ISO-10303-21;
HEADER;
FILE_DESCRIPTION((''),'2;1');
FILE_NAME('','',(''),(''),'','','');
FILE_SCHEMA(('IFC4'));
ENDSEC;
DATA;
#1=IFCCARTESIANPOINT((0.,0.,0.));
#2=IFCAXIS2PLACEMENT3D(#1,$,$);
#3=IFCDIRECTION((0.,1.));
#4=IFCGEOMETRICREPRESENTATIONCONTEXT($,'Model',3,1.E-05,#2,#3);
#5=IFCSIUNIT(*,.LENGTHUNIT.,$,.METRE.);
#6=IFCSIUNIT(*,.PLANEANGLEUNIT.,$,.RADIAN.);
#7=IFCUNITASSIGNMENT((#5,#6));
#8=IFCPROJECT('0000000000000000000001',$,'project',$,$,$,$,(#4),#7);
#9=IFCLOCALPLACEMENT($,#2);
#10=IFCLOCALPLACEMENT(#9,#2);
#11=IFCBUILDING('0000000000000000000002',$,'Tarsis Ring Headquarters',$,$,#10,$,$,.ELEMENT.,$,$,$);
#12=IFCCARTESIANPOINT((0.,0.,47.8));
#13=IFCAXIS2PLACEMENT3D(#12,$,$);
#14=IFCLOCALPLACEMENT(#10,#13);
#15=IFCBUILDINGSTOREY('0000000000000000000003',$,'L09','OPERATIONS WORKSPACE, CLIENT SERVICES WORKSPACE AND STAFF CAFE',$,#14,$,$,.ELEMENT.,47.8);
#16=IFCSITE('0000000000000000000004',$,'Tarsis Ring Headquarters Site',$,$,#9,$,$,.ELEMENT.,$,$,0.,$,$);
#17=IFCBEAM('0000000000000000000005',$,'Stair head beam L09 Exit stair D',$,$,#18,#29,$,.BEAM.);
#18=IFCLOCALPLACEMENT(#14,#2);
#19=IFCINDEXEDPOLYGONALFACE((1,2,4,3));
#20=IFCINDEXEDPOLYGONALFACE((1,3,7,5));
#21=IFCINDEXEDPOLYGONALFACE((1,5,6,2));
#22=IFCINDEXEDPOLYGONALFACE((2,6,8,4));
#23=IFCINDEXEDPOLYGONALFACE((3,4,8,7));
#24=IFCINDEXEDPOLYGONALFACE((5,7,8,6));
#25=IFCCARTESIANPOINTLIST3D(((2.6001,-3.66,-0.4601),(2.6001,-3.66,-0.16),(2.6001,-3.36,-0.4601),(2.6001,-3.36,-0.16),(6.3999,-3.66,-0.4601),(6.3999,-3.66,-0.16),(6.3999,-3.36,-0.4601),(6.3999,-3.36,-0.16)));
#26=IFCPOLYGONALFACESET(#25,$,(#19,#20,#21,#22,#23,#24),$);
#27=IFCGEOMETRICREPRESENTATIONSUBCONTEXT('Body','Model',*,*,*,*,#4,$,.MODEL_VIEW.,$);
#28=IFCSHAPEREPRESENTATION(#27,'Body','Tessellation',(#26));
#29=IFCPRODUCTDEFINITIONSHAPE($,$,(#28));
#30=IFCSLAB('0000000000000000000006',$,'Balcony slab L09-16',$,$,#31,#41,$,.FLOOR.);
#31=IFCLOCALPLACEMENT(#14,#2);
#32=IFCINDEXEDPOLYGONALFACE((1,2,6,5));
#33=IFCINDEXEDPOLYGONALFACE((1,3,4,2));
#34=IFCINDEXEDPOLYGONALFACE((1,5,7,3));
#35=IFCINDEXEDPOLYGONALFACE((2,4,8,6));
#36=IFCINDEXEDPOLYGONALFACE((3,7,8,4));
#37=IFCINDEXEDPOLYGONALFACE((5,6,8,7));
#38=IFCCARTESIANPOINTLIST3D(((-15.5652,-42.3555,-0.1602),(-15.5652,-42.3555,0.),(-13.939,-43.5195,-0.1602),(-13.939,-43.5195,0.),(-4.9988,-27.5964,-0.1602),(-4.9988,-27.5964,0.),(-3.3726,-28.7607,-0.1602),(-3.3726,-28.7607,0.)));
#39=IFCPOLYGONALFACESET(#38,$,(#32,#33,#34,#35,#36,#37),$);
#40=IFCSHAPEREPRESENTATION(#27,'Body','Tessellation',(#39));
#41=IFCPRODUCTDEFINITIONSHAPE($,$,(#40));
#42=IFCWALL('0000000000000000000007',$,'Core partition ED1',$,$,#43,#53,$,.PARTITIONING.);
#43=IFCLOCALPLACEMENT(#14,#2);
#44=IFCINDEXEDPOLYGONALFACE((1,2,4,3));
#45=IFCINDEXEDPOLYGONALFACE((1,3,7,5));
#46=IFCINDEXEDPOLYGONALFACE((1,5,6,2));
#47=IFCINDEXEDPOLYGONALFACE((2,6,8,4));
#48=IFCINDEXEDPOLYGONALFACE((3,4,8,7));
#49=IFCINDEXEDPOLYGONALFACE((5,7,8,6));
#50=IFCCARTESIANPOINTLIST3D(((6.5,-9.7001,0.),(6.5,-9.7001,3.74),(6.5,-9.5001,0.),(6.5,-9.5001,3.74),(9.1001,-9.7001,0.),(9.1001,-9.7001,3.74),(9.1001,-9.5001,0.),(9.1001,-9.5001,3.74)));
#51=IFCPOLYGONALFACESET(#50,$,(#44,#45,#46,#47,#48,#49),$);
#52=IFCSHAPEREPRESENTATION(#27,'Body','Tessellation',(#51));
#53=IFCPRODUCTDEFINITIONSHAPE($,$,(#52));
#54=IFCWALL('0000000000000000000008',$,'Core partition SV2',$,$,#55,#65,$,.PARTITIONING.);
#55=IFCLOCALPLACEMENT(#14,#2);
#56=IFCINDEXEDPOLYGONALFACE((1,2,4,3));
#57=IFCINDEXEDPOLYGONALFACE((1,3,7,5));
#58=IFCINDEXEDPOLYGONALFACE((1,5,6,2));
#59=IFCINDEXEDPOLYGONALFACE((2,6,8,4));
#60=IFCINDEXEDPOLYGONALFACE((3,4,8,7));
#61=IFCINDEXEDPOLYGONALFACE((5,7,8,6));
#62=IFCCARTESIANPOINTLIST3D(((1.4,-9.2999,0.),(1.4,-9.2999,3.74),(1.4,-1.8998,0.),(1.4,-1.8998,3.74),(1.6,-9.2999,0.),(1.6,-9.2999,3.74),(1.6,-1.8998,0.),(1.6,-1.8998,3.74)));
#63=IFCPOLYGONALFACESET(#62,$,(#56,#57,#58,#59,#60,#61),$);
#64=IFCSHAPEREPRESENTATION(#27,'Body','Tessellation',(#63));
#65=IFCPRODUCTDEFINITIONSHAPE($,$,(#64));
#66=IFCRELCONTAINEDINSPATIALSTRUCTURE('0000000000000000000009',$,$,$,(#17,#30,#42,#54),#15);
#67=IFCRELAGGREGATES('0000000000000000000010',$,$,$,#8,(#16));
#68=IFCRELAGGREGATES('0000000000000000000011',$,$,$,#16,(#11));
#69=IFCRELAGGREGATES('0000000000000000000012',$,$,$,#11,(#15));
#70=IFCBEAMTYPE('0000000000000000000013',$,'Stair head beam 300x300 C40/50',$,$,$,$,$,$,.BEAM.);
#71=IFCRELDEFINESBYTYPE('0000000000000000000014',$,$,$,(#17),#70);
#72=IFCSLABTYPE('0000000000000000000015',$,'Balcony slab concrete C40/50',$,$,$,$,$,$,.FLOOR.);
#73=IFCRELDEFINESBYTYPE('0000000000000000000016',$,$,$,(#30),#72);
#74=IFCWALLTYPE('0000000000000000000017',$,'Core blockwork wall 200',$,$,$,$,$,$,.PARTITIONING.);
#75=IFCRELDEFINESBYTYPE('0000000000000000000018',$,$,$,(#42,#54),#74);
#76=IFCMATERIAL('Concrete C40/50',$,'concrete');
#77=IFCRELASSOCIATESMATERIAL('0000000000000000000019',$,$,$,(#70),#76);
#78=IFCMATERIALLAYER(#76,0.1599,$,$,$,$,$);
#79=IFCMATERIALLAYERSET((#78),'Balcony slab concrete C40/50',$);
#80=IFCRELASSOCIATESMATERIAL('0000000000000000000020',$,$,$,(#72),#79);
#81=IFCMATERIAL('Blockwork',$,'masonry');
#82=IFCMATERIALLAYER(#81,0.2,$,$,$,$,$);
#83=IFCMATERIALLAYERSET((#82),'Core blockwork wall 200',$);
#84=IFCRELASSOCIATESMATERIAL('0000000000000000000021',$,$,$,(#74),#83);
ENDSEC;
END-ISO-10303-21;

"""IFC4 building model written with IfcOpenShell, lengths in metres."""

from ifc_helpers import new_model, si_unit, direction, frame, frame_2d, origin, origin_2d, place, context, subcontext, project, spatial, polyline, rectangle, outline, extrude, material, layer, layer_set, material_profile, profile_set, type_object, element, save


model = new_model("IFC4")

# Units and contexts
model_context = context("Model", 3, precision=1e-05, world=origin(), true_north=direction((0.0, 1.0)))
body_context = subcontext(model_context, "Body", "Model", "MODEL_VIEW")
ifc_project = project(units=[si_unit("LENGTHUNIT", "METRE"), si_unit("PLANEANGLEUNIT", "RADIAN")], contexts=[model_context])

# Site, building, storey
site_placement = place(None, origin())
site = spatial("IfcSite", under=ifc_project, at=site_placement, Name="Tarsis Ring Headquarters Site", CompositionType="ELEMENT", RefElevation=0.0)
building_placement = place(site_placement, origin())
building = spatial("IfcBuilding", under=site, at=building_placement, Name="Tarsis Ring Headquarters", CompositionType="ELEMENT")
storey_placement = place(building_placement, frame((0.0, 0.0, 47.8)))
storey = spatial("IfcBuildingStorey", under=building, at=storey_placement, Name="L09", Description="OPERATIONS WORKSPACE, CLIENT SERVICES WORKSPACE AND STAFF CAFE", CompositionType="ELEMENT", Elevation=47.8)

# Beam
ifc_material_1 = material(Name="Concrete C40/50", Category="concrete")
ifc_material_profile_1 = material_profile(ifc_material_1, rectangle(XDim=0.3, YDim=0.3, at=origin_2d()), Name="Stair head beam 300x300 C40/50")
ifc_profile_set_1 = profile_set([ifc_material_profile_1], Name="Concrete C40/50")
beam_type_1 = type_object("IfcBeamType", Name="Stair head beam 300x300 C40/50", PredefinedType="BEAM", material=ifc_profile_set_1)
beam_1_placement = place(storey_placement, frame((2.6001, -3.51, -0.3101), z_axis=(1.0, 0.0, 0.0), x_axis=(0.0, 1.0, 0.0)))
element("IfcBeam", 1, at=beam_1_placement, inside=storey, type_object=beam_type_1, Name="Stair head beam L09 Exit stair D", PredefinedType="BEAM", context=body_context, shape_type="SweptSolid", body=[
    extrude(rectangle(XDim=0.3, YDim=0.3, at=origin_2d()), origin(), (0.0, 0.0, 1.0), 3.7998),
])

# Slab
ifc_layer_1 = layer(ifc_material_1, 0.1599)
ifc_layer_set_1 = layer_set([ifc_layer_1], Name="Balcony slab concrete C40/50")
slab_type = type_object("IfcSlabType", Name="Balcony slab concrete C40/50", PredefinedType="FLOOR", material=ifc_layer_set_1)
slab_placement = place(storey_placement, frame((0.0, 0.0, -0.1602)))
element("IfcSlab", 2, at=slab_placement, inside=storey, type_object=slab_type, Name="Balcony slab L09-16", PredefinedType="FLOOR", context=body_context, shape_type="SweptSolid", body=[
    extrude(outline(polyline([(-15.5652, -42.3555), (-13.939, -43.5195), (-3.3726, -28.7607), (-4.9988, -27.5964), (-15.5652, -42.3555)])), origin(), (0.0, 0.0, 1.0), 0.1602),
])

# Walls
ifc_material_2 = material(Name="Blockwork", Category="masonry")
ifc_layer_2 = layer(ifc_material_2, 0.2)
ifc_layer_set_2 = layer_set([ifc_layer_2], Name="Core blockwork wall 200")
wall_type_1 = type_object("IfcWallType", Name="Core blockwork wall 200", PredefinedType="PARTITIONING", material=ifc_layer_set_2)
wall_1_placement = place(storey_placement, frame((6.5, -9.6001, 0.0), z_axis=(0.0, 0.0, 1.0), x_axis=(1.0, 0.0, 0.0)))
element("IfcWall", 3, at=wall_1_placement, inside=storey, type_object=wall_type_1, Name="Core partition ED1", PredefinedType="PARTITIONING", context=body_context, shape_type="SweptSolid", body=[
    extrude(rectangle(XDim=2.6001, YDim=0.2, at=frame_2d((1.3, 0.0))), origin(), (0.0, 0.0, 1.0), 3.74),
])
wall_2_placement = place(storey_placement, frame((1.5, -9.3, 0.0), z_axis=(0.0, 0.0, 1.0), x_axis=(0.0, 1.0, 0.0)))
element("IfcWall", 4, at=wall_2_placement, inside=storey, type_object=wall_type_1, Name="Core partition SV2", PredefinedType="PARTITIONING", context=body_context, shape_type="SweptSolid", body=[
    extrude(rectangle(XDim=7.4001, YDim=0.2, at=frame_2d((3.7002, 0.0))), origin(), (0.0, 0.0, 1.0), 3.74),
])

save(model, "model.ifc")
